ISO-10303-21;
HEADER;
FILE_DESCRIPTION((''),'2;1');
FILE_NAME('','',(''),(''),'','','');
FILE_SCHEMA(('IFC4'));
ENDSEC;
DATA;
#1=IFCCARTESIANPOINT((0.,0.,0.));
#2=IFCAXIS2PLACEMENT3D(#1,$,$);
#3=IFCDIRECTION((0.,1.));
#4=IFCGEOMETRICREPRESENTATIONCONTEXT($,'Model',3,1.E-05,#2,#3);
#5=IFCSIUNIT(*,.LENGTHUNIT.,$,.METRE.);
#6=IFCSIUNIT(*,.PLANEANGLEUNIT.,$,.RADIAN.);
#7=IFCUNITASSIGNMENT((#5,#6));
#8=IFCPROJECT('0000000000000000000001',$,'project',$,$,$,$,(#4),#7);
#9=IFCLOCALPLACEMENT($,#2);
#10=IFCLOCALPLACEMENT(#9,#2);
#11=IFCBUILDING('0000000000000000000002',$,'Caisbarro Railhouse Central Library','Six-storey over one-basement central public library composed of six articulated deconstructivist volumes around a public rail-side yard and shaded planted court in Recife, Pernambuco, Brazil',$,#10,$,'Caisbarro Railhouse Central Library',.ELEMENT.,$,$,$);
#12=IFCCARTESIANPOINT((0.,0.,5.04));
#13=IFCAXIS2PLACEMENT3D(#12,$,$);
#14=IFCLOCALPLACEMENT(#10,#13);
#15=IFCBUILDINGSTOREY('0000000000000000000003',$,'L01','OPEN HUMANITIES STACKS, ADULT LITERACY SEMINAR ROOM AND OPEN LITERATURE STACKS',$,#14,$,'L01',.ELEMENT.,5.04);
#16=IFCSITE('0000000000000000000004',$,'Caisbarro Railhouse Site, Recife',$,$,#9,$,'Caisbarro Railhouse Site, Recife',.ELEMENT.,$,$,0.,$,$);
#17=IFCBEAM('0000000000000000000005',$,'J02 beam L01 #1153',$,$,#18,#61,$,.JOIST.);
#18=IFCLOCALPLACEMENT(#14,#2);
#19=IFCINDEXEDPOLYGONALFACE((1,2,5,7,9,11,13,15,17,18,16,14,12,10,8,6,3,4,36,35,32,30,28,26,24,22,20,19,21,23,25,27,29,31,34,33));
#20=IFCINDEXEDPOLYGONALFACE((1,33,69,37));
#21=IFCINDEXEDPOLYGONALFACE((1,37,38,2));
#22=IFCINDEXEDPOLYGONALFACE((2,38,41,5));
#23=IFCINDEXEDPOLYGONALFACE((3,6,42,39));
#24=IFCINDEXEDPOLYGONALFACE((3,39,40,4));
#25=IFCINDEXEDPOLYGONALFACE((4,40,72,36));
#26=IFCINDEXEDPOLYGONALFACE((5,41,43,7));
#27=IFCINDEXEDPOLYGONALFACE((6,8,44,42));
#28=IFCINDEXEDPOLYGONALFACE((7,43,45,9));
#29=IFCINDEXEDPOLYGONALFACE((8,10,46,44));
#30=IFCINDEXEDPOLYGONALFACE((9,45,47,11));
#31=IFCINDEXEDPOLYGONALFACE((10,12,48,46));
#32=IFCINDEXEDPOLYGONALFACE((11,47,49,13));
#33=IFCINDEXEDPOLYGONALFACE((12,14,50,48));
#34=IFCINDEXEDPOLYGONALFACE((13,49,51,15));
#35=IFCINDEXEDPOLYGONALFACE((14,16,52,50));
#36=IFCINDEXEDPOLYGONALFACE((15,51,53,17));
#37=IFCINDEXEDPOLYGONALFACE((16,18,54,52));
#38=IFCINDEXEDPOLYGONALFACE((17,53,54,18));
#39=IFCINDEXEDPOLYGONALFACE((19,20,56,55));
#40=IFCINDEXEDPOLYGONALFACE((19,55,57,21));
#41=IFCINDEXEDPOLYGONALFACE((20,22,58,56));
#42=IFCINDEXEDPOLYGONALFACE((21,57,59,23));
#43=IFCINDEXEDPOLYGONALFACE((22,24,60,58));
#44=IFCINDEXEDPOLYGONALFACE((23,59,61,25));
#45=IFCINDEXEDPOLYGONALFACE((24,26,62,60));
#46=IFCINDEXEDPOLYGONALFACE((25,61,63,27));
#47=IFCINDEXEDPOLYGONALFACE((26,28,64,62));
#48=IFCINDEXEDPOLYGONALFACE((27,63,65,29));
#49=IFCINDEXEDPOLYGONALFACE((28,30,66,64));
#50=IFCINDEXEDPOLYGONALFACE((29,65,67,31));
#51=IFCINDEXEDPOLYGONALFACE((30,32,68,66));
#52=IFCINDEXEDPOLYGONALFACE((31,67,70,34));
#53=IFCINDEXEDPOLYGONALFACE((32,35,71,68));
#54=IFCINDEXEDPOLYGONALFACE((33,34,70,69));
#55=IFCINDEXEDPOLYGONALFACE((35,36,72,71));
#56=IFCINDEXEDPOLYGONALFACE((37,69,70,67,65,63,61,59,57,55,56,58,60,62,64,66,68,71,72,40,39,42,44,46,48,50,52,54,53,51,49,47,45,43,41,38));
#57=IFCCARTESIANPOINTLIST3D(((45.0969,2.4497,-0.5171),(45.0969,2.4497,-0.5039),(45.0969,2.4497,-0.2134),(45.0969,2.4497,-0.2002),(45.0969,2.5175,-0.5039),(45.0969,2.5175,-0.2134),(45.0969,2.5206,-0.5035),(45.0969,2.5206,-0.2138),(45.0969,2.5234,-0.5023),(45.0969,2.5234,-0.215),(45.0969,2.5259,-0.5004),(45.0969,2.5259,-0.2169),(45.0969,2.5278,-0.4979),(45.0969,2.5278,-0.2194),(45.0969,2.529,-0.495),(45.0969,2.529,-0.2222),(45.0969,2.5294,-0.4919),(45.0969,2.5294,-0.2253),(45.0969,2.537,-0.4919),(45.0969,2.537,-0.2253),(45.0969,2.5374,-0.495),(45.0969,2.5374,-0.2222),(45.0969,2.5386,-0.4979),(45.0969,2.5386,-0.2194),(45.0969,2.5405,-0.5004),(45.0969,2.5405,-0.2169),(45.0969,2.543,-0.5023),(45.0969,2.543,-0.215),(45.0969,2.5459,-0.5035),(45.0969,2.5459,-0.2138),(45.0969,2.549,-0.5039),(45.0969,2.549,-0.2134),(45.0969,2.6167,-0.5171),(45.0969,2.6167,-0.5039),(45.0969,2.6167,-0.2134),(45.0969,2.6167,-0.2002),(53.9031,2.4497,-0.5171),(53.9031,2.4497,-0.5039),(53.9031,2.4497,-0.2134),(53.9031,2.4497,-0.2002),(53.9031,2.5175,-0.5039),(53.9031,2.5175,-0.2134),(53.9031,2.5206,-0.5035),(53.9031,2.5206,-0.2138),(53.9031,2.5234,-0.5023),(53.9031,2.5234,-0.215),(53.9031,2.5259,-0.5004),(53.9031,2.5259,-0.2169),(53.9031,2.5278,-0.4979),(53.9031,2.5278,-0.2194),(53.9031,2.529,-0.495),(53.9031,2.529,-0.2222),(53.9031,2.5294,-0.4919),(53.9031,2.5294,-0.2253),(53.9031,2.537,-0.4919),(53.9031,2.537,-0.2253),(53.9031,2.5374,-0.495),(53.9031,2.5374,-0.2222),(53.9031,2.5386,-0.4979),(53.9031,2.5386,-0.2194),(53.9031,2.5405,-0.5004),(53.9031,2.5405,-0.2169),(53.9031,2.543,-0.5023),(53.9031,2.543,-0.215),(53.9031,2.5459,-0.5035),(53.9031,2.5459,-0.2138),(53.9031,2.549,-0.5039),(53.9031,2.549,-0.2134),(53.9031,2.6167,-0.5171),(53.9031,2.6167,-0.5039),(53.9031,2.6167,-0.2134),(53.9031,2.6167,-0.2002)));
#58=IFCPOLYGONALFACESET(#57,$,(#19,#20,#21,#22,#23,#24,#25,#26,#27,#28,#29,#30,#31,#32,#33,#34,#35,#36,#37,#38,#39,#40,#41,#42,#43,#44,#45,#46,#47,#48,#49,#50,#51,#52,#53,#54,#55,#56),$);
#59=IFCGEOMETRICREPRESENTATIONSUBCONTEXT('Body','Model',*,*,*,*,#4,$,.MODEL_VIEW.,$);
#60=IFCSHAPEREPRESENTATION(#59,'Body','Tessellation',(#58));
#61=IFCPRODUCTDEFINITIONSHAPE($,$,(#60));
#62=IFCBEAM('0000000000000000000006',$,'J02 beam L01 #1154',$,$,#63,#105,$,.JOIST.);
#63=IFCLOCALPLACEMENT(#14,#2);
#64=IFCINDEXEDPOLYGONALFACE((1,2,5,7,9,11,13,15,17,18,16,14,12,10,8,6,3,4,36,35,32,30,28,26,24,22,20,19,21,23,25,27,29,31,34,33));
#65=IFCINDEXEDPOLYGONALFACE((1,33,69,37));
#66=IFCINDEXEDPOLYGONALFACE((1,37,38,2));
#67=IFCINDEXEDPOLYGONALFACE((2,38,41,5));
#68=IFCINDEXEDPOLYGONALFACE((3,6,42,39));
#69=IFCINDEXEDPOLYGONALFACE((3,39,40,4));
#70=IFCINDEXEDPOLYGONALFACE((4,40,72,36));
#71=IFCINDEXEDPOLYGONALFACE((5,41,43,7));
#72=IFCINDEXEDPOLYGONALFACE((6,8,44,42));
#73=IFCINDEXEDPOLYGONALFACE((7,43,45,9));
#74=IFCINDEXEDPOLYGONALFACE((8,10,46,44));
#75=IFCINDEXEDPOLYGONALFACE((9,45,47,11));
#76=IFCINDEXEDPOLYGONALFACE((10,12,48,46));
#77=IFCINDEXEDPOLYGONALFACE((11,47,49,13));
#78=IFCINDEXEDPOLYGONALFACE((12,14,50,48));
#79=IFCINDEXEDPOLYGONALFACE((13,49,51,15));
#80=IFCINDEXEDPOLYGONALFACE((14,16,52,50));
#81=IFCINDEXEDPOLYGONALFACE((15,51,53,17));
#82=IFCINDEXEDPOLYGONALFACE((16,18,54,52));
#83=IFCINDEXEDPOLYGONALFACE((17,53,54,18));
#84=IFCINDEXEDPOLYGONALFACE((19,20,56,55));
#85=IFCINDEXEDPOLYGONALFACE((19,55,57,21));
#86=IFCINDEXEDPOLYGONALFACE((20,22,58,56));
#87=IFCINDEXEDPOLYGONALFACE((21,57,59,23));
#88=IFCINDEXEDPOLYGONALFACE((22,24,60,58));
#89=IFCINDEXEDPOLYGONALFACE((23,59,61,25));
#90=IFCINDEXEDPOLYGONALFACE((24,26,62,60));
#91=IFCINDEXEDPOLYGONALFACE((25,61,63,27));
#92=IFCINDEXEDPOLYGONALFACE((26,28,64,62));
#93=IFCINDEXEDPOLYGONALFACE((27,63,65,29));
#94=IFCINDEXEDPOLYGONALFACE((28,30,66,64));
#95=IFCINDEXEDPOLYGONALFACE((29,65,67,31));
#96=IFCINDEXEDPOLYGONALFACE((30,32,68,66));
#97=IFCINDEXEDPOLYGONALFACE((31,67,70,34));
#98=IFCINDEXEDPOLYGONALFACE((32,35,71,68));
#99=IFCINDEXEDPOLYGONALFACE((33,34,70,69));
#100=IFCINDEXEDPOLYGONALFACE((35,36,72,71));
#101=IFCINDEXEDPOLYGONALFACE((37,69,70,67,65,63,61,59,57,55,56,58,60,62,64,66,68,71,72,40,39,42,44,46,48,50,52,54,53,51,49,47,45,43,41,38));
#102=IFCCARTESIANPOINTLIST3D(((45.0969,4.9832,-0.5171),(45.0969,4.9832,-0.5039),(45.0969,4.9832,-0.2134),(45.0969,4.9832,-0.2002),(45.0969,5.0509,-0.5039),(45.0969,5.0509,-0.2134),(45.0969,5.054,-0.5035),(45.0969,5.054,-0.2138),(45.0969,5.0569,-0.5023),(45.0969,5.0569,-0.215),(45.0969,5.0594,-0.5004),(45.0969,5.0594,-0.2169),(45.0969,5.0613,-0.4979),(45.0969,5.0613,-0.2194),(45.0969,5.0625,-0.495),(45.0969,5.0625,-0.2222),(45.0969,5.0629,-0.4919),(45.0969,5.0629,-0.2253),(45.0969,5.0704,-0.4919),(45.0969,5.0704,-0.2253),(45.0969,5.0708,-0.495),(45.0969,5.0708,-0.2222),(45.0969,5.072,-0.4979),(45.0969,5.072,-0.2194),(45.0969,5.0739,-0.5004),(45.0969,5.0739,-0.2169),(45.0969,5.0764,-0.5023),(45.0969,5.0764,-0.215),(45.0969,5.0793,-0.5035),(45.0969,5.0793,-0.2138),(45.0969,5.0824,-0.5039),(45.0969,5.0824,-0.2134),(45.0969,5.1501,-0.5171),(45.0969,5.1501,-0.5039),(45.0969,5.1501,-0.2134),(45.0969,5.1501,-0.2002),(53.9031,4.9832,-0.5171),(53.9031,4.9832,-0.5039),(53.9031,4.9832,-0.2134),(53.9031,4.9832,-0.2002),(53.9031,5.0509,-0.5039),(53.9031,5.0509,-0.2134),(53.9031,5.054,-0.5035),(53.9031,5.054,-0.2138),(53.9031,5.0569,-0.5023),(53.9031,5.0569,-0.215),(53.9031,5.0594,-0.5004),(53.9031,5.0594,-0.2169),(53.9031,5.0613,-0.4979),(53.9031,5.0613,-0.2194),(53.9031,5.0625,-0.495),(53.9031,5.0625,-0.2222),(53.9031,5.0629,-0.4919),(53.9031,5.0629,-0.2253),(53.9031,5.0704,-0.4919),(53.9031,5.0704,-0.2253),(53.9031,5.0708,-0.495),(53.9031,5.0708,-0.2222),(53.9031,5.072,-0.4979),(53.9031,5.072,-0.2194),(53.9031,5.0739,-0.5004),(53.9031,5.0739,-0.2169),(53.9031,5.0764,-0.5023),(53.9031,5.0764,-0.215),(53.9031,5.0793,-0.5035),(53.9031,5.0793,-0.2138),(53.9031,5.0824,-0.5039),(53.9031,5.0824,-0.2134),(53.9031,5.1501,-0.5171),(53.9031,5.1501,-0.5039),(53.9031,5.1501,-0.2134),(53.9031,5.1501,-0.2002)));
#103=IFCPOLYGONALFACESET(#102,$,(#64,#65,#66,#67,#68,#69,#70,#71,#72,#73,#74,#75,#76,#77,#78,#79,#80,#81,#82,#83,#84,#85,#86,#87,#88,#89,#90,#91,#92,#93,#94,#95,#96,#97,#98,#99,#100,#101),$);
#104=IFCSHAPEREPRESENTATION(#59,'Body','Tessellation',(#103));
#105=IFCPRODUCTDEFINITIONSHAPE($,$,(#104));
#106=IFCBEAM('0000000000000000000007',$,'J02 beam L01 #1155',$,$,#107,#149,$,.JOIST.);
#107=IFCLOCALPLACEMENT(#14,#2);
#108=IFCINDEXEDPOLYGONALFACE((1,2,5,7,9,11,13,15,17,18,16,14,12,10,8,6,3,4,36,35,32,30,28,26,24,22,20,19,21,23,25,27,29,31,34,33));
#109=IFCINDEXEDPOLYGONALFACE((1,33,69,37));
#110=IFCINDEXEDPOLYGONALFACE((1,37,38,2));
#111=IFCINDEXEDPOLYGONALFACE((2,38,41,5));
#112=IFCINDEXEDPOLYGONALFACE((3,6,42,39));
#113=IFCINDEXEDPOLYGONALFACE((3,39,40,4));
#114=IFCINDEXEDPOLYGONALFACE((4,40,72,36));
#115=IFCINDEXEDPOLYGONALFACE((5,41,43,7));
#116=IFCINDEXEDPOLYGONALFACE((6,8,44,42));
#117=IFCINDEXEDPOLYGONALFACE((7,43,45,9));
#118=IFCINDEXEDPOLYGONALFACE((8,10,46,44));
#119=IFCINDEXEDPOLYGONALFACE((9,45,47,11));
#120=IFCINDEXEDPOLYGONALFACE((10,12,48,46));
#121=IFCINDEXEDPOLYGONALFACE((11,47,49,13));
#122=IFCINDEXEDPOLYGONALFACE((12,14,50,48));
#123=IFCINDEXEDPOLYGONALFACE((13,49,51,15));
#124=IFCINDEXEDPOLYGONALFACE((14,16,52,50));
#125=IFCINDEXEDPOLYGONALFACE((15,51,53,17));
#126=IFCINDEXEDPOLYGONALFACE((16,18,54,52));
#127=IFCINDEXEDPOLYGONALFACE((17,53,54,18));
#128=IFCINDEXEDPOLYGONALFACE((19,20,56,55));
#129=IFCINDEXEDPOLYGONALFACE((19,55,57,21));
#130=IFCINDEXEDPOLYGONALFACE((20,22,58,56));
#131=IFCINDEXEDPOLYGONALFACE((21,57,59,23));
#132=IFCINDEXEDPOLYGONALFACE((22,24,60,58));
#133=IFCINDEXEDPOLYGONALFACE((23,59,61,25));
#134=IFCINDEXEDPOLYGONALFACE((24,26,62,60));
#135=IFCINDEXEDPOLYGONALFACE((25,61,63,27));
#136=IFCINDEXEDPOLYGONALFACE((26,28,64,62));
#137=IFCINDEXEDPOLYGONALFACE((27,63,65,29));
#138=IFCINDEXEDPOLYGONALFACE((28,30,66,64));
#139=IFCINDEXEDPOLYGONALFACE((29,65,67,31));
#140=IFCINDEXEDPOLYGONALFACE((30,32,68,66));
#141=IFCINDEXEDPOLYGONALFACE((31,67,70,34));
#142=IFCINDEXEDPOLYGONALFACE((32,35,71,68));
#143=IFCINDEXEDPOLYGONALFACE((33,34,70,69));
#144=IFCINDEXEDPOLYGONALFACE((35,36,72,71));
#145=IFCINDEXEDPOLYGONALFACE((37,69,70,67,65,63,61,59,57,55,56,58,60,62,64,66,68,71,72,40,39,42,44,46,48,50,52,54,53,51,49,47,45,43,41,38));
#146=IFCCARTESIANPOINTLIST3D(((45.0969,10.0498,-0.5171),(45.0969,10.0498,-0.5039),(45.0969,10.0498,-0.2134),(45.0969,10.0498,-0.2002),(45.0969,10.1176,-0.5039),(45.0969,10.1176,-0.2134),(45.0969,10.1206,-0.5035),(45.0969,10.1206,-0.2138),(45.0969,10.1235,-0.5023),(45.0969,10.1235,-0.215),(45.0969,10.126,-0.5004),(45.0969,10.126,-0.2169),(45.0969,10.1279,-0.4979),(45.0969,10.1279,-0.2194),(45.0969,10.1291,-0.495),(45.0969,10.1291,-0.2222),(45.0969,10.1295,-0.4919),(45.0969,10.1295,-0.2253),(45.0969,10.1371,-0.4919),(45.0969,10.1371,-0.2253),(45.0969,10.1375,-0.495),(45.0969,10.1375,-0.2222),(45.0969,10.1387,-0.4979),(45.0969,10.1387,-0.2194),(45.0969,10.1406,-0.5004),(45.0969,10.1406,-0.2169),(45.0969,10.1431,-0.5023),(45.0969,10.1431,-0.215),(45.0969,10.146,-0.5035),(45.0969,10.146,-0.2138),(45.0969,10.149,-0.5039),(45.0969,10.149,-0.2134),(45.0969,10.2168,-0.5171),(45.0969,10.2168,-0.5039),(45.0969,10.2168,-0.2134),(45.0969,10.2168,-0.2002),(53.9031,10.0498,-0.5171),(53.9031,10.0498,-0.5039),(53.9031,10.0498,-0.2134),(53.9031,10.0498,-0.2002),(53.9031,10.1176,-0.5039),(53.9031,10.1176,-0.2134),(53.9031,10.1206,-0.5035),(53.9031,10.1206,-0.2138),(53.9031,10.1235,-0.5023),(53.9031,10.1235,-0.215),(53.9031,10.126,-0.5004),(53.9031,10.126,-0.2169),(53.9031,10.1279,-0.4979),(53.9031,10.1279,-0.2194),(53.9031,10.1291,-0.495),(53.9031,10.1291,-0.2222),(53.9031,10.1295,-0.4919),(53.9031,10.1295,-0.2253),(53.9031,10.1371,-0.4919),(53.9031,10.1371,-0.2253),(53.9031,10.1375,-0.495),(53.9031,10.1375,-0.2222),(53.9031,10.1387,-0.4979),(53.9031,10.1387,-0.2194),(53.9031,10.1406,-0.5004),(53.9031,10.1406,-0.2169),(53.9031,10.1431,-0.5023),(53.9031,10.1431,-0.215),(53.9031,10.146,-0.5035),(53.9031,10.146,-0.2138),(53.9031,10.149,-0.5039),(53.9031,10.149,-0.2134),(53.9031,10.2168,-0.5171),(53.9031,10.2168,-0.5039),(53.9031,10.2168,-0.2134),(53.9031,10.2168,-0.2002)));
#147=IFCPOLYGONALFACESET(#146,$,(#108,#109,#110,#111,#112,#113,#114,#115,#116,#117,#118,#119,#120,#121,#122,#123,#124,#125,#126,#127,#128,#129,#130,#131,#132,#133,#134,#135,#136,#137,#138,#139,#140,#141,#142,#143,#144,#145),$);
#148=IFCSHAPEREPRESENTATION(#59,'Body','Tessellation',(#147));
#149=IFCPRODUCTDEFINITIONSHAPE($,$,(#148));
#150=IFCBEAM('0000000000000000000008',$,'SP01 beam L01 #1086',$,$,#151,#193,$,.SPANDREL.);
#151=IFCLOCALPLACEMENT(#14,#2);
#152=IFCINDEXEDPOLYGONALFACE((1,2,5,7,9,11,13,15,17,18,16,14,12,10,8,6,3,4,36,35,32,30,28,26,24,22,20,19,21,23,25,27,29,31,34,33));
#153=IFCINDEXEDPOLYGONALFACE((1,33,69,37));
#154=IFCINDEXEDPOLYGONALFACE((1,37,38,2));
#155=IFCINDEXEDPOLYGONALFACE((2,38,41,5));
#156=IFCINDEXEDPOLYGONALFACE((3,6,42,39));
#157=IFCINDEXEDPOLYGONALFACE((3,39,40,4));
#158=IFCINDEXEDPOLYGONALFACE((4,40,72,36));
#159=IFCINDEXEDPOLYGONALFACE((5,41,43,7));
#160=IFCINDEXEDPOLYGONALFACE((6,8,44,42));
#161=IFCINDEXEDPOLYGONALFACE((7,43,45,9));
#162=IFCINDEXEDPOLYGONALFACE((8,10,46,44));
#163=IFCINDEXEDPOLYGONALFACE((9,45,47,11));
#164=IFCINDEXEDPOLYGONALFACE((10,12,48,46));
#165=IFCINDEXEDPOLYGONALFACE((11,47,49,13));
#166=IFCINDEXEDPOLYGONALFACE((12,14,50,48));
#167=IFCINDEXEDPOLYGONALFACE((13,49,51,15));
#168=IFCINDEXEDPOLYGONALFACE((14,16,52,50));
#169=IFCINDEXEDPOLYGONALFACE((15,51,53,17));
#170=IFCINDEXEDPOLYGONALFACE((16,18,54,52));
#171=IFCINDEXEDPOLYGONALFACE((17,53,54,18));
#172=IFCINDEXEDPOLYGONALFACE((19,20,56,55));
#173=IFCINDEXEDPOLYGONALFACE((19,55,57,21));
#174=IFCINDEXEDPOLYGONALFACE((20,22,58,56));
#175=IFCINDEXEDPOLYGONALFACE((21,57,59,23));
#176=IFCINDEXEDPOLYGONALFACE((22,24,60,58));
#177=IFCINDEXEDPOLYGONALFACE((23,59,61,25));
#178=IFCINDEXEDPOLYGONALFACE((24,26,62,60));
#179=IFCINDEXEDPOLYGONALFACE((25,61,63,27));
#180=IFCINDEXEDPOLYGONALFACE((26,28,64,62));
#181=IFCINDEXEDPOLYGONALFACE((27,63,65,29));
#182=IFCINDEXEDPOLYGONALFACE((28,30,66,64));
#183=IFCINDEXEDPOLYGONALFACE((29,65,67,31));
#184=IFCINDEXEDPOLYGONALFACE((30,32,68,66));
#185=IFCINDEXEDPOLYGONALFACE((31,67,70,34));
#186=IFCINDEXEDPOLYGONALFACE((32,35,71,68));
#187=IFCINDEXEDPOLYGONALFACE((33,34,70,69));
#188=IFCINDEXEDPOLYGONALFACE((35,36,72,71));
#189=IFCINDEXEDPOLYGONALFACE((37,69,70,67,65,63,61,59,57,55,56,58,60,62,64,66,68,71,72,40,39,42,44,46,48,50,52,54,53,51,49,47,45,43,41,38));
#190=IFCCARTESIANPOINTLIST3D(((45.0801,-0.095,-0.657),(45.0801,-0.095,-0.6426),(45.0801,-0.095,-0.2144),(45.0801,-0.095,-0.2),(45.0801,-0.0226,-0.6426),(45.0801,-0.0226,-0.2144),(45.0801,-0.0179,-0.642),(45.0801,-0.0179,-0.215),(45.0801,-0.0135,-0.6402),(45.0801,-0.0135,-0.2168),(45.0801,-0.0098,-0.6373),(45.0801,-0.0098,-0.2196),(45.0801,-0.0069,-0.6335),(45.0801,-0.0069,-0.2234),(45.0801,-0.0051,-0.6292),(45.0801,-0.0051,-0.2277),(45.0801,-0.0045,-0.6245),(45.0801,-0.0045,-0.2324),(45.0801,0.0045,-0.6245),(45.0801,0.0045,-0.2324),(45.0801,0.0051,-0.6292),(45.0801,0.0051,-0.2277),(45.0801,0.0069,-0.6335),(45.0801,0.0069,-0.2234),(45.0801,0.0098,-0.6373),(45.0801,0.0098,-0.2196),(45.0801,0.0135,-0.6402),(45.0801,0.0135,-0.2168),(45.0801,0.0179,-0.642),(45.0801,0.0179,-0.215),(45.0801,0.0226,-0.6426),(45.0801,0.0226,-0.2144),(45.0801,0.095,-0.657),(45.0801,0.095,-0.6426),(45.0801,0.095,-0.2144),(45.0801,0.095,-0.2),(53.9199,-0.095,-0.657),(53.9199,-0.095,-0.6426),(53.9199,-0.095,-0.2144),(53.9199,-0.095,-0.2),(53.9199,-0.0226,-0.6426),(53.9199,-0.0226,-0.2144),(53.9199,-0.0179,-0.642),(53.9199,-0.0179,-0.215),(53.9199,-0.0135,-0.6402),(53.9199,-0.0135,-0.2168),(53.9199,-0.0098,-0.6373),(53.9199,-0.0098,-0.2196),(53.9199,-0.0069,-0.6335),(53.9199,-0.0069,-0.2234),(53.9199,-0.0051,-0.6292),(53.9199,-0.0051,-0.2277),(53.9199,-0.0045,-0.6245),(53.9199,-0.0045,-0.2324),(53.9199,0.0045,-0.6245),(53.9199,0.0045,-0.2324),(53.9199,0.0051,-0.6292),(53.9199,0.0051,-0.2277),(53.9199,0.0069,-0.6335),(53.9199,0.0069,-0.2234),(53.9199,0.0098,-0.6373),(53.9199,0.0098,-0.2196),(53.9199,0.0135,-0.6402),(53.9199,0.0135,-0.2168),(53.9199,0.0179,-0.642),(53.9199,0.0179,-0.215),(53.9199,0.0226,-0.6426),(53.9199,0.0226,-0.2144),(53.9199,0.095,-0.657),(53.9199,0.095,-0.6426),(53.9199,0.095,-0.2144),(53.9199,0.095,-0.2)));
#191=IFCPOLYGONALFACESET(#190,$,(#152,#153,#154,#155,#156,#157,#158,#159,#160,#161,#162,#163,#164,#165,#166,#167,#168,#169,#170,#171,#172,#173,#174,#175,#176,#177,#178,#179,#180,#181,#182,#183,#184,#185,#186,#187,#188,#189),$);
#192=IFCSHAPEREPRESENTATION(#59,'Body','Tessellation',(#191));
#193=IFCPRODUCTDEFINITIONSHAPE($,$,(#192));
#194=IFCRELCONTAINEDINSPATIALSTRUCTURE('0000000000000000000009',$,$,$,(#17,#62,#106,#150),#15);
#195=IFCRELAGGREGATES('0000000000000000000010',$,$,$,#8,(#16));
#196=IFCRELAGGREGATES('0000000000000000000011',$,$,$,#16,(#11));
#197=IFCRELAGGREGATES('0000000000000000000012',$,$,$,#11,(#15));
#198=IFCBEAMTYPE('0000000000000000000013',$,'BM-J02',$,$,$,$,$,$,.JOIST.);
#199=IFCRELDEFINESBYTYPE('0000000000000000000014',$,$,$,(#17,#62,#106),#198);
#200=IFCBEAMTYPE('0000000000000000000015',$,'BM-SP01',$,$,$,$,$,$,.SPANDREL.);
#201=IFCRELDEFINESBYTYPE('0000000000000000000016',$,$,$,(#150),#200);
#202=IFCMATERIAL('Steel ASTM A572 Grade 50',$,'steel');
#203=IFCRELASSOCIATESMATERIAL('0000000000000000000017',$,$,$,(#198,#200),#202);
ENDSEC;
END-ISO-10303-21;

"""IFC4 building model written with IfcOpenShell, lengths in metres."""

from ifc_helpers import new_model, si_unit, direction, frame, origin, origin_2d, place, context, subcontext, project, spatial, i_section, extrude, material, material_profile, profile_set, type_object, element, save


model = new_model("IFC4")

# Units and contexts
model_context = context("Model", 3, precision=1e-05, world=origin(), true_north=direction((0.0, 1.0)))
body_context = subcontext(model_context, "Body", "Model", "MODEL_VIEW")
ifc_project = project(units=[si_unit("LENGTHUNIT", "METRE"), si_unit("PLANEANGLEUNIT", "RADIAN")], contexts=[model_context])

# Site, building, storey
site_placement = place(None, origin())
site = spatial("IfcSite", under=ifc_project, at=site_placement, Name="Caisbarro Railhouse Site, Recife", LongName="Caisbarro Railhouse Site, Recife", CompositionType="ELEMENT", RefElevation=0.0)
building_placement = place(site_placement, origin())
building = spatial("IfcBuilding", under=site, at=building_placement, Name="Caisbarro Railhouse Central Library", Description="Six-storey over one-basement central public library composed of six articulated deconstructivist volumes around a public rail-side yard and shaded planted court in Recife, Pernambuco, Brazil", LongName="Caisbarro Railhouse Central Library", CompositionType="ELEMENT")
storey_placement = place(building_placement, frame((0.0, 0.0, 5.04)))
storey = spatial("IfcBuildingStorey", under=building, at=storey_placement, Name="L01", Description="OPEN HUMANITIES STACKS, ADULT LITERACY SEMINAR ROOM AND OPEN LITERATURE STACKS", LongName="L01", CompositionType="ELEMENT", Elevation=5.04)

# Shared definitions
ifc_material_1 = material(Name="Steel ASTM A572 Grade 50", Category="steel")

# Beams
ifc_material_profile_1 = material_profile(ifc_material_1, i_section(OverallWidth=0.167, OverallDepth=0.3169, WebThickness=0.0076, FlangeThickness=0.0132, FilletRadius=0.012, at=origin_2d()), Name="W310X52.0")
ifc_profile_set_1 = profile_set([ifc_material_profile_1], Name="Steel ASTM A572 Grade 50")
beam_type_1 = type_object("IfcBeamType", Name="BM-J02", PredefinedType="JOIST", material=ifc_profile_set_1)
for number, where, z_axis, x_axis, name in (
    (1, (45.0969, 2.5332, -0.3586), (1.0, 0.0, 0.0), (0.0, 1.0, 0.0), "J02 beam L01 #1153"),
    (2, (45.0969, 5.0667, -0.3586), (1.0, 0.0, 0.0), (0.0, 1.0, 0.0), "J02 beam L01 #1154"),
    (3, (45.0969, 10.1333, -0.3586), (1.0, 0.0, 0.0), (0.0, 1.0, 0.0), "J02 beam L01 #1155"),
):
    element("IfcBeam", number, at=place(storey_placement, frame(where, z_axis=z_axis, x_axis=x_axis)), inside=storey, type_object=beam_type_1, Name=name, PredefinedType="JOIST", context=body_context, shape_type="SweptSolid", body=[
        extrude(i_section(OverallWidth=0.167, OverallDepth=0.3169, WebThickness=0.0076, FlangeThickness=0.0132, FilletRadius=0.012, at=origin_2d()), origin(), (0.0, 0.0, 1.0), 8.8062),
    ])
ifc_material_profile_2 = material_profile(ifc_material_1, i_section(OverallWidth=0.1899, OverallDepth=0.457, WebThickness=0.009, FlangeThickness=0.0144, FilletRadius=0.0181, at=origin_2d()), Name="W460X74.0")
ifc_profile_set_2 = profile_set([ifc_material_profile_2], Name="Steel ASTM A572 Grade 50")
beam_type_2 = type_object("IfcBeamType", Name="BM-SP01", PredefinedType="SPANDREL", material=ifc_profile_set_2)
beam_1_placement = place(storey_placement, frame((45.0801, 0.0, -0.4285), z_axis=(1.0, 0.0, 0.0), x_axis=(0.0, 1.0, 0.0)))
element("IfcBeam", 4, at=beam_1_placement, inside=storey, type_object=beam_type_2, Name="SP01 beam L01 #1086", PredefinedType="SPANDREL", context=body_context, shape_type="SweptSolid", body=[
    extrude(i_section(OverallWidth=0.1899, OverallDepth=0.457, WebThickness=0.009, FlangeThickness=0.0144, FilletRadius=0.0181, at=origin_2d()), origin(), (0.0, 0.0, 1.0), 8.8398),
])

save(model, "model.ifc")
